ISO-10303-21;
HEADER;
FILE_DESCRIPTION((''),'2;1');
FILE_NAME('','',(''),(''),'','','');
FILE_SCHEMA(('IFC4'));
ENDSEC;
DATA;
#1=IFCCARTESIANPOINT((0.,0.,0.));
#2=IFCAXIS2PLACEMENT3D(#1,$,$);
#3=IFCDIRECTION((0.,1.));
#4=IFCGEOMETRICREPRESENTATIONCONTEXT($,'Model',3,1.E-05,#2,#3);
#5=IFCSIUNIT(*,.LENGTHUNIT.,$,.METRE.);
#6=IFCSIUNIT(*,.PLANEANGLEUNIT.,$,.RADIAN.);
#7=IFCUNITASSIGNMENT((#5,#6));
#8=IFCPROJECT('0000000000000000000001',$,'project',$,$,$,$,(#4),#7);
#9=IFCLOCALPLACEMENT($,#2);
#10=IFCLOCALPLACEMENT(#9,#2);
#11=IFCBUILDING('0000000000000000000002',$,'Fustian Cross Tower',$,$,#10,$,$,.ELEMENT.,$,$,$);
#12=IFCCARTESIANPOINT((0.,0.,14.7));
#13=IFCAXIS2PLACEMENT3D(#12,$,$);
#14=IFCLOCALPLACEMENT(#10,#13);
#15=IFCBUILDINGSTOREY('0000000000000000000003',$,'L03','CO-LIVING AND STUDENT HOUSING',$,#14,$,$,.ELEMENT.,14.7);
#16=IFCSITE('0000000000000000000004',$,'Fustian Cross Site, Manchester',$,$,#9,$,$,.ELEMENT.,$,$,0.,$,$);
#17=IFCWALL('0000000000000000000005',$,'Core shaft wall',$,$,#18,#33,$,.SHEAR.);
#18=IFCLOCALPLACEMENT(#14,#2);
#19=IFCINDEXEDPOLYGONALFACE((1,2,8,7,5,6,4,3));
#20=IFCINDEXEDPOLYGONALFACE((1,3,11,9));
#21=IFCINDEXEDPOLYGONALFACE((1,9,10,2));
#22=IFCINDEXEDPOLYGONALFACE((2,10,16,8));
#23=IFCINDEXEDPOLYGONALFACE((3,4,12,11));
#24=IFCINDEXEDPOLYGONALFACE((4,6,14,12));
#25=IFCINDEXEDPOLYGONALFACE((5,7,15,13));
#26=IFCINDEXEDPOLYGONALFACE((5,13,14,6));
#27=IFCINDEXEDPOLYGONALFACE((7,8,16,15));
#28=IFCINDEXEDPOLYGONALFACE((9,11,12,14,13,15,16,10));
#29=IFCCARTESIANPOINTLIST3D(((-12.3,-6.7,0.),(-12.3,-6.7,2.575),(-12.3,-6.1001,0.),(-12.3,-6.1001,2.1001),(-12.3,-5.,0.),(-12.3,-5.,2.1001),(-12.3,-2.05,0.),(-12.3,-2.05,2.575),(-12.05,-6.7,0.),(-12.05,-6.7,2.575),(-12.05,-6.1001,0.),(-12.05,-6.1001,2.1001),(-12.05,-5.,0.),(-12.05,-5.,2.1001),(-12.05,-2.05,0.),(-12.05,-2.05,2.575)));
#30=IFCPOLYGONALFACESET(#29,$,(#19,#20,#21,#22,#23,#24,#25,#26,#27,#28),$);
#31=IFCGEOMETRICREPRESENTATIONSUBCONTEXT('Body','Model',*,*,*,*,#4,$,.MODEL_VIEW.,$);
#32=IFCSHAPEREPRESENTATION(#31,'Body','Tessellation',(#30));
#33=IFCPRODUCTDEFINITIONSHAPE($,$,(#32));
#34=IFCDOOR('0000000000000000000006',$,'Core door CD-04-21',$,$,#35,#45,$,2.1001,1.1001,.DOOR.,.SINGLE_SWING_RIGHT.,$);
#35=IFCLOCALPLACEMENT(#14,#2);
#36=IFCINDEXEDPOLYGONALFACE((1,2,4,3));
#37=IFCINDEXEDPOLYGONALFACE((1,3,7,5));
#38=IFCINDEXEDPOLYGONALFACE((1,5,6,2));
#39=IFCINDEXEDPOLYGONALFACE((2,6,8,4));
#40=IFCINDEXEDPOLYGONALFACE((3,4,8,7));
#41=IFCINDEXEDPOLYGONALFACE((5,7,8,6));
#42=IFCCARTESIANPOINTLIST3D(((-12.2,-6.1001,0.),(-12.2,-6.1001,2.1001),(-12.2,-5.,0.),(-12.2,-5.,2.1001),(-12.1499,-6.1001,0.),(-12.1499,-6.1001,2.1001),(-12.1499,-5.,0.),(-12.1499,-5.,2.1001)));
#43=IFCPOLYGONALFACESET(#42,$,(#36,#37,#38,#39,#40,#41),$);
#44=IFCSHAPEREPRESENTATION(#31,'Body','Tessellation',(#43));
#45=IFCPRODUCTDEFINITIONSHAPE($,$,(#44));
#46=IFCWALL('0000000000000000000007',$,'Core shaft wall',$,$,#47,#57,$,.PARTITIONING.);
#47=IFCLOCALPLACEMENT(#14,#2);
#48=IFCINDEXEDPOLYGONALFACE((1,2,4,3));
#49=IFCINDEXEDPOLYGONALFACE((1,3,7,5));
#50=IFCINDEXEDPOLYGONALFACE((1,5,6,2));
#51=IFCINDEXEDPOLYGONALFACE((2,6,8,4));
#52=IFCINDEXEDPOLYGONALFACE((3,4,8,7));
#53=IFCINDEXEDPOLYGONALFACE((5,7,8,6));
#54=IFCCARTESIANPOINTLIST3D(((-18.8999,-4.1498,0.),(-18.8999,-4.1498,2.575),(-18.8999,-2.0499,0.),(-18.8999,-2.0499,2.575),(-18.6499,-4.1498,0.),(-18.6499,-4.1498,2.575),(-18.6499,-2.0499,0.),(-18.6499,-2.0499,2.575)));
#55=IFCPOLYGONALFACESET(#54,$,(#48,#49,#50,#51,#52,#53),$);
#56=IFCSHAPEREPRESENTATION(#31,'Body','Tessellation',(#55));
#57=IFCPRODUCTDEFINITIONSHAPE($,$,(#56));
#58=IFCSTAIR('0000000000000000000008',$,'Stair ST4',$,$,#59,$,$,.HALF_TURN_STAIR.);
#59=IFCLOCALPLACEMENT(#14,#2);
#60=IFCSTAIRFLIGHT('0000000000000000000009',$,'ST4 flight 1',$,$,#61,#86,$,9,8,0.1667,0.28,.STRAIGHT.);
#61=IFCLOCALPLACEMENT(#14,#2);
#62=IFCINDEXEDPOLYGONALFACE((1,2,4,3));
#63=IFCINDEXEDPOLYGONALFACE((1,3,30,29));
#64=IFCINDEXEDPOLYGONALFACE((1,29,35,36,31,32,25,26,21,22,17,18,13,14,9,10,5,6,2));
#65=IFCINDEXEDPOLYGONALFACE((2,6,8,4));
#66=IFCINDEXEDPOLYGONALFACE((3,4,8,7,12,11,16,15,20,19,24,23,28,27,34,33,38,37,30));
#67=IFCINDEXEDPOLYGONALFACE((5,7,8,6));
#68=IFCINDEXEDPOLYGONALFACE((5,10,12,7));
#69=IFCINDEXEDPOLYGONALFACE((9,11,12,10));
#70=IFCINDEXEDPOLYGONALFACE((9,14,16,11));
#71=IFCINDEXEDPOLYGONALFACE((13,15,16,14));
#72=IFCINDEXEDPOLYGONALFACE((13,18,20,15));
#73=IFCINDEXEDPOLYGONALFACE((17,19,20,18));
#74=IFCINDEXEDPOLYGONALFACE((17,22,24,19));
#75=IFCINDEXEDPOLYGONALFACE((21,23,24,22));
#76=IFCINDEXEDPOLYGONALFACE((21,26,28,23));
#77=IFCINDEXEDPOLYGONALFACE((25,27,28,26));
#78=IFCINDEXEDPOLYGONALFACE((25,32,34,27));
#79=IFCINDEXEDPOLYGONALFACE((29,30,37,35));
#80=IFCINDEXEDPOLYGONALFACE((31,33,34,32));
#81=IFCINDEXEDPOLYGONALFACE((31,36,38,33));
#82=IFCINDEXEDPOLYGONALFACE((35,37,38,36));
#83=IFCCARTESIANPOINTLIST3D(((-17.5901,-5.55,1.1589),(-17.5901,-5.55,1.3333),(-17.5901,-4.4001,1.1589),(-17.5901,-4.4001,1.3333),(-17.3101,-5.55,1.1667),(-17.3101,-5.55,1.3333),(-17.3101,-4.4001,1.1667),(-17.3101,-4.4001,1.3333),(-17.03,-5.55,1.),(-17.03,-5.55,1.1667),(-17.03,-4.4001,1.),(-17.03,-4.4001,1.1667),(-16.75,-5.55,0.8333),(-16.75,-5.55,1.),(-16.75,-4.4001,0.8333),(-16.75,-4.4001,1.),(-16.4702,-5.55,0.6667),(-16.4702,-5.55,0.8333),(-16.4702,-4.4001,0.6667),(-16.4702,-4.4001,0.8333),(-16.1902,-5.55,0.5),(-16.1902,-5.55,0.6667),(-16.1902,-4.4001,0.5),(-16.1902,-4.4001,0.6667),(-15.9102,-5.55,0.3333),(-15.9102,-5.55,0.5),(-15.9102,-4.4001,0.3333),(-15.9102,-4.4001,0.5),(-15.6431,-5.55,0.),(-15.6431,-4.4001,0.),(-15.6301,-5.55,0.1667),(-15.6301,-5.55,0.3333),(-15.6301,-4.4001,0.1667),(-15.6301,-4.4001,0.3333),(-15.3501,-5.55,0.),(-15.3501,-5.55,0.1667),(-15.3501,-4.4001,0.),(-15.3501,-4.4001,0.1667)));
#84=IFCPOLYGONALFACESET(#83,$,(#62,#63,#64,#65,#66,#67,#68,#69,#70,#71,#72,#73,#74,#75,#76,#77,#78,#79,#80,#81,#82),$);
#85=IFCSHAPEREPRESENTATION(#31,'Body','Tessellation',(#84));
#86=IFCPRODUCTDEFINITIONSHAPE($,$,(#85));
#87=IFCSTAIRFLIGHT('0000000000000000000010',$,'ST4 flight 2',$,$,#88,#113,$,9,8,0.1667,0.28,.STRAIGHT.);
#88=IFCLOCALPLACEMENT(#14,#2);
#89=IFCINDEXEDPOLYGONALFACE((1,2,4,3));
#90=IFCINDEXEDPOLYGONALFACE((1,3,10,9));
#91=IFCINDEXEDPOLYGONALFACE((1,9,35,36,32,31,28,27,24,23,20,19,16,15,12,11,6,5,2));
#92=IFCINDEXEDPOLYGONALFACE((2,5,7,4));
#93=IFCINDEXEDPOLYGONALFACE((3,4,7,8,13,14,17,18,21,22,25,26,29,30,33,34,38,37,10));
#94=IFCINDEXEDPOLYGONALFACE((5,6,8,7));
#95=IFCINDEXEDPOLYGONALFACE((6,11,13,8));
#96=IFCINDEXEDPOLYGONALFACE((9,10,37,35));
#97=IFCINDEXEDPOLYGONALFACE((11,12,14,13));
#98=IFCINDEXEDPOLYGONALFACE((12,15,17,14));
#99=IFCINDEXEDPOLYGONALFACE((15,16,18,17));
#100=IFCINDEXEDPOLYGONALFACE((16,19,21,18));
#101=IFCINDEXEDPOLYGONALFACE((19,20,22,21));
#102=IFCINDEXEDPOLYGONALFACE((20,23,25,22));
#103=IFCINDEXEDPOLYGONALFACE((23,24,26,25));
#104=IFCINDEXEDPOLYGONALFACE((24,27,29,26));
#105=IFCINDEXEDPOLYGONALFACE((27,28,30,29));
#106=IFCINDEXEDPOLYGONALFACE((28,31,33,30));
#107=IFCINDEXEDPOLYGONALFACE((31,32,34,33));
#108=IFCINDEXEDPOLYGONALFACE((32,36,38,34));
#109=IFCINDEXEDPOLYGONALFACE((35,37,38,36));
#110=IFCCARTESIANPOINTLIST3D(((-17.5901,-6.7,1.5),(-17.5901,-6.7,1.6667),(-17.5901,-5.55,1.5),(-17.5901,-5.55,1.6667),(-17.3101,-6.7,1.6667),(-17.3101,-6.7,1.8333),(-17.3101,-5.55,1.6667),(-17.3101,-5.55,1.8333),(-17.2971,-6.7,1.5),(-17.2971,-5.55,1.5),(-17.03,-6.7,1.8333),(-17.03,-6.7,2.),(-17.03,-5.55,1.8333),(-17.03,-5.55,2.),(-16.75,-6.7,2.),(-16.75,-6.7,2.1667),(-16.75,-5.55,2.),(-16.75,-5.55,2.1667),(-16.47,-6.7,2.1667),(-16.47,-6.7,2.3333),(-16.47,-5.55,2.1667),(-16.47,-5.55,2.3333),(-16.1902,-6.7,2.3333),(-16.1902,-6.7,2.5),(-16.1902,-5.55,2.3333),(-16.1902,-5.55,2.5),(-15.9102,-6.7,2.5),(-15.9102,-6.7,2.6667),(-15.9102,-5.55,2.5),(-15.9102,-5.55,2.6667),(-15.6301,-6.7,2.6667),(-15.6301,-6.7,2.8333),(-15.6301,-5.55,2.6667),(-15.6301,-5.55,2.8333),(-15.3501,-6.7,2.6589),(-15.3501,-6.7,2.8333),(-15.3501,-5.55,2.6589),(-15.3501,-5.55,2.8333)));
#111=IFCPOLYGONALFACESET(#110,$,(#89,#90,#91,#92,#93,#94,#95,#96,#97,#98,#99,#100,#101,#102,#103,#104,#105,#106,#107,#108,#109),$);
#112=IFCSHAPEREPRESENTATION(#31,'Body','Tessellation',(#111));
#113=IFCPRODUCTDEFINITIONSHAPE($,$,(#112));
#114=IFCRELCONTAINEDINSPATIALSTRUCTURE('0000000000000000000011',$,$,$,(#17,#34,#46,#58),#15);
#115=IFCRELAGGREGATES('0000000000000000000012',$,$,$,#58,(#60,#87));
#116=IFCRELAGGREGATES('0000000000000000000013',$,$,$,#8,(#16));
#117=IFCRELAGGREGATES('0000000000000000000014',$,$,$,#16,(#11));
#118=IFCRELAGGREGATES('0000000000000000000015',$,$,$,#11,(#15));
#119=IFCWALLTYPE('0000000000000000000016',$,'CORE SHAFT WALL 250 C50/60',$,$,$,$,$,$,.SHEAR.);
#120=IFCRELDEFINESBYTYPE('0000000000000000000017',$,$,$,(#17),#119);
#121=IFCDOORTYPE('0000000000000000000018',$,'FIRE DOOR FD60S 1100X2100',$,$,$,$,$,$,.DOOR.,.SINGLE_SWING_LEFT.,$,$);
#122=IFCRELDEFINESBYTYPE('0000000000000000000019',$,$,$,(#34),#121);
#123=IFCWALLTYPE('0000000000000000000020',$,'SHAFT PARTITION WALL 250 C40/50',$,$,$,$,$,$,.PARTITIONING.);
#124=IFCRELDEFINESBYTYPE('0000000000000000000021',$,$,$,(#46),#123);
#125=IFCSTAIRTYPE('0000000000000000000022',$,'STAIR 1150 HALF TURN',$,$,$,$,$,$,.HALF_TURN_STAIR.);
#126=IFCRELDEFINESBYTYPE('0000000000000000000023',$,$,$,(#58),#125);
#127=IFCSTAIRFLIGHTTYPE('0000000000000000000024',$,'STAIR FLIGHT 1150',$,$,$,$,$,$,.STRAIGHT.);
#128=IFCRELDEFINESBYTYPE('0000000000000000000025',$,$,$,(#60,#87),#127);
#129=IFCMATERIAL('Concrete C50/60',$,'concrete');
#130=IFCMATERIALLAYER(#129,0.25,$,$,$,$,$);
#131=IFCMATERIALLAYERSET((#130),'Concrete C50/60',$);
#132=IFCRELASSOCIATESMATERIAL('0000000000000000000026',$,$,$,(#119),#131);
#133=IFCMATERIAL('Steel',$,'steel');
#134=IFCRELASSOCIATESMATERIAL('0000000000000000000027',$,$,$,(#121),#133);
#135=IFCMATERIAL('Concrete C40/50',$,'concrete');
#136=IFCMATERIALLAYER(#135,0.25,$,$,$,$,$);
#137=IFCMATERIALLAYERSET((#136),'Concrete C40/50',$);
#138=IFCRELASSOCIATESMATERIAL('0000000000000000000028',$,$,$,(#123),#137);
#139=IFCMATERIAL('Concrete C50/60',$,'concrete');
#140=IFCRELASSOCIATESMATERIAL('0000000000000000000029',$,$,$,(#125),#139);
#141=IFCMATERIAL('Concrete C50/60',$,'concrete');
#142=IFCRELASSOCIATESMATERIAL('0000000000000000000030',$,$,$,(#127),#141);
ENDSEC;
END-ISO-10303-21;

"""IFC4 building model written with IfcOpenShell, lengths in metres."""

from ifc_helpers import new_model, si_unit, direction, frame, frame_2d, origin, place, context, subcontext, project, spatial, polyline, rectangle, outline, extrude, material, layer, layer_set, type_object, element, fill, aggregate, save


model = new_model("IFC4")

# Units and contexts
model_context = context("Model", 3, precision=1e-05, world=origin(), true_north=direction((0.0, 1.0)))
body_context = subcontext(model_context, "Body", "Model", "MODEL_VIEW")
ifc_project = project(units=[si_unit("LENGTHUNIT", "METRE"), si_unit("PLANEANGLEUNIT", "RADIAN")], contexts=[model_context])

# Site, building, storey
site_placement = place(None, origin())
site = spatial("IfcSite", under=ifc_project, at=site_placement, Name="Fustian Cross Site, Manchester", CompositionType="ELEMENT", RefElevation=0.0)
building_placement = place(site_placement, origin())
building = spatial("IfcBuilding", under=site, at=building_placement, Name="Fustian Cross Tower", CompositionType="ELEMENT")
storey_placement = place(building_placement, frame((0.0, 0.0, 14.7)))
storey = spatial("IfcBuildingStorey", under=building, at=storey_placement, Name="L03", Description="CO-LIVING AND STUDENT HOUSING", CompositionType="ELEMENT", Elevation=14.7)

# Shared definitions
ifc_material_1 = material(Name="Concrete C50/60", Category="concrete")
ifc_layer_1 = layer(ifc_material_1, 0.25)
ifc_layer_set_1 = layer_set([ifc_layer_1], Name="Concrete C50/60")
wall_type_1 = type_object("IfcWallType", Name="CORE SHAFT WALL 250 C50/60", PredefinedType="SHEAR", material=ifc_layer_set_1)

# Wall, opening, door
wall_1_placement = place(storey_placement, frame((-12.175, -2.05, 0.0), z_axis=(0.0, 0.0, 1.0), x_axis=(0.0, -1.0, 0.0)))
wall_1 = element("IfcWall", 1, at=wall_1_placement, inside=storey, type_object=wall_type_1, Name="Core shaft wall", PredefinedType="SHEAR", context=body_context, shape_type="SweptSolid", body=[
    extrude(rectangle(XDim=4.6499, YDim=0.25, at=frame_2d((2.325, 0.0))), origin(), (0.0, 0.0, 1.0), 2.575),
])
opening_1_placement = place(wall_1_placement, frame((2.95, 0.0, 0.0)))
opening_1 = element("IfcOpeningElement", 2, at=opening_1_placement, cuts=wall_1, PredefinedType="OPENING", context=body_context, shape_type="SweptSolid", body=[
    extrude(rectangle(XDim=1.1001, YDim=2.1001, at=frame_2d((0.55, 1.05))), frame((0.0, 0.135, 0.0), z_axis=(0.0, -1.0, 0.0), x_axis=(1.0, 0.0, 0.0)), (0.0, 0.0, 1.0), 0.27),
])
ifc_material_2 = material(Name="Steel", Category="steel")
door_type_1 = type_object("IfcDoorType", Name="FIRE DOOR FD60S 1100X2100", OperationType="SINGLE_SWING_LEFT", PredefinedType="DOOR", material=ifc_material_2)
door_1_placement = place(opening_1_placement, frame((1.1001, 0.0, 0.0), z_axis=(0.0, 0.0, 1.0), x_axis=(-1.0, 0.0, 0.0)))
door_1 = element("IfcDoor", 3, at=door_1_placement, inside=storey, type_object=door_type_1, Name="Core door CD-04-21", OperationType="SINGLE_SWING_RIGHT", OverallHeight=2.1001, OverallWidth=1.1001, PredefinedType="DOOR", context=body_context, shape_type="SweptSolid", body=[
    extrude(rectangle(XDim=1.1001, YDim=2.1001, at=frame_2d((0.55, 1.05))), frame((0.0, 0.0249, 0.0), z_axis=(0.0, -1.0, 0.0), x_axis=(1.0, 0.0, 0.0)), (0.0, 0.0, 1.0), 0.05),
])
fill(opening_1, door_1)

# Wall
ifc_material_3 = material(Name="Concrete C40/50", Category="concrete")
ifc_layer_2 = layer(ifc_material_3, 0.25)
ifc_layer_set_2 = layer_set([ifc_layer_2], Name="Concrete C40/50")
wall_type_2 = type_object("IfcWallType", Name="SHAFT PARTITION WALL 250 C40/50", PredefinedType="PARTITIONING", material=ifc_layer_set_2)
wall_2_placement = place(storey_placement, frame((-18.7749, -2.05, 0.0), z_axis=(0.0, 0.0, 1.0), x_axis=(0.0, -1.0, 0.0)))
element("IfcWall", 4, at=wall_2_placement, inside=storey, type_object=wall_type_2, Name="Core shaft wall", PredefinedType="PARTITIONING", context=body_context, shape_type="SweptSolid", body=[
    extrude(rectangle(XDim=2.0999, YDim=0.25, at=frame_2d((1.0498, 0.0))), origin(), (0.0, 0.0, 1.0), 2.575),
])

# Stair, stair flights
ifc_material_4 = material(Name="Concrete C50/60", Category="concrete")
stair_type = type_object("IfcStairType", Name="STAIR 1150 HALF TURN", PredefinedType="HALF_TURN_STAIR", material=ifc_material_4)
stair_placement = place(storey_placement, origin())
stair = element("IfcStair", 5, at=stair_placement, inside=storey, type_object=stair_type, Name="Stair ST4", PredefinedType="HALF_TURN_STAIR")
ifc_material_5 = material(Name="Concrete C50/60", Category="concrete")
stair_flight_type = type_object("IfcStairFlightType", Name="STAIR FLIGHT 1150", PredefinedType="STRAIGHT", material=ifc_material_5)
stair_flight_1_placement = place(storey_placement, frame((-15.3501, -4.9751, 0.0), z_axis=(0.0, 0.0, 1.0), x_axis=(-1.0, 0.0, 0.0)))
stair_flight_1 = element("IfcStairFlight", 6, at=stair_flight_1_placement, type_object=stair_flight_type, Name="ST4 flight 1", NumberOfRisers=9, NumberOfTreads=8, PredefinedType="STRAIGHT", RiserHeight=0.1667, TreadLength=0.28, context=body_context, shape_type="SweptSolid", body=[
    extrude(outline(polyline([(0.0, 0.0), (0.0, 0.1667), (0.28, 0.1667), (0.28, 0.3333), (0.5601, 0.3333), (0.5601, 0.5), (0.8401, 0.5), (0.8401, 0.6667), (1.1201, 0.6667), (1.1201, 0.8333), (1.3999, 0.8333), (1.3999, 1.0), (1.6799, 1.0), (1.6799, 1.1667), (1.96, 1.1667), (1.96, 1.3333), (2.24, 1.3333), (2.24, 1.5), (2.24, 1.1589), (0.293, 0.0), (0.0, 0.0)])), frame((0.0, 0.575, 0.0), z_axis=(0.0, -1.0, 0.0), x_axis=(1.0, 0.0, 0.0)), (0.0, 0.0, 1.0), 1.1499),
])
stair_flight_2_placement = place(storey_placement, frame((-17.5901, -6.125, 1.5), z_axis=(0.0, 0.0, 1.0), x_axis=(1.0, 0.0, 0.0)))
stair_flight_2 = element("IfcStairFlight", 7, at=stair_flight_2_placement, type_object=stair_flight_type, Name="ST4 flight 2", NumberOfRisers=9, NumberOfTreads=8, PredefinedType="STRAIGHT", RiserHeight=0.1667, TreadLength=0.28, context=body_context, shape_type="SweptSolid", body=[
    extrude(outline(polyline([(0.0, 0.0), (0.0, 0.1667), (0.28, 0.1667), (0.28, 0.3333), (0.5601, 0.3333), (0.5601, 0.5), (0.8401, 0.5), (0.8401, 0.6667), (1.1201, 0.6667), (1.1201, 0.8333), (1.3999, 0.8333), (1.3999, 1.0), (1.6799, 1.0), (1.6799, 1.1667), (1.96, 1.1667), (1.96, 1.3333), (2.24, 1.3333), (2.24, 1.5), (2.24, 1.1589), (0.293, 0.0), (0.0, 0.0)])), frame((0.0, 0.575, 0.0), z_axis=(0.0, -1.0, 0.0), x_axis=(1.0, 0.0, 0.0)), (0.0, 0.0, 1.0), 1.1499),
])
aggregate(stair, [stair_flight_1, stair_flight_2])

save(model, "model.ifc")
